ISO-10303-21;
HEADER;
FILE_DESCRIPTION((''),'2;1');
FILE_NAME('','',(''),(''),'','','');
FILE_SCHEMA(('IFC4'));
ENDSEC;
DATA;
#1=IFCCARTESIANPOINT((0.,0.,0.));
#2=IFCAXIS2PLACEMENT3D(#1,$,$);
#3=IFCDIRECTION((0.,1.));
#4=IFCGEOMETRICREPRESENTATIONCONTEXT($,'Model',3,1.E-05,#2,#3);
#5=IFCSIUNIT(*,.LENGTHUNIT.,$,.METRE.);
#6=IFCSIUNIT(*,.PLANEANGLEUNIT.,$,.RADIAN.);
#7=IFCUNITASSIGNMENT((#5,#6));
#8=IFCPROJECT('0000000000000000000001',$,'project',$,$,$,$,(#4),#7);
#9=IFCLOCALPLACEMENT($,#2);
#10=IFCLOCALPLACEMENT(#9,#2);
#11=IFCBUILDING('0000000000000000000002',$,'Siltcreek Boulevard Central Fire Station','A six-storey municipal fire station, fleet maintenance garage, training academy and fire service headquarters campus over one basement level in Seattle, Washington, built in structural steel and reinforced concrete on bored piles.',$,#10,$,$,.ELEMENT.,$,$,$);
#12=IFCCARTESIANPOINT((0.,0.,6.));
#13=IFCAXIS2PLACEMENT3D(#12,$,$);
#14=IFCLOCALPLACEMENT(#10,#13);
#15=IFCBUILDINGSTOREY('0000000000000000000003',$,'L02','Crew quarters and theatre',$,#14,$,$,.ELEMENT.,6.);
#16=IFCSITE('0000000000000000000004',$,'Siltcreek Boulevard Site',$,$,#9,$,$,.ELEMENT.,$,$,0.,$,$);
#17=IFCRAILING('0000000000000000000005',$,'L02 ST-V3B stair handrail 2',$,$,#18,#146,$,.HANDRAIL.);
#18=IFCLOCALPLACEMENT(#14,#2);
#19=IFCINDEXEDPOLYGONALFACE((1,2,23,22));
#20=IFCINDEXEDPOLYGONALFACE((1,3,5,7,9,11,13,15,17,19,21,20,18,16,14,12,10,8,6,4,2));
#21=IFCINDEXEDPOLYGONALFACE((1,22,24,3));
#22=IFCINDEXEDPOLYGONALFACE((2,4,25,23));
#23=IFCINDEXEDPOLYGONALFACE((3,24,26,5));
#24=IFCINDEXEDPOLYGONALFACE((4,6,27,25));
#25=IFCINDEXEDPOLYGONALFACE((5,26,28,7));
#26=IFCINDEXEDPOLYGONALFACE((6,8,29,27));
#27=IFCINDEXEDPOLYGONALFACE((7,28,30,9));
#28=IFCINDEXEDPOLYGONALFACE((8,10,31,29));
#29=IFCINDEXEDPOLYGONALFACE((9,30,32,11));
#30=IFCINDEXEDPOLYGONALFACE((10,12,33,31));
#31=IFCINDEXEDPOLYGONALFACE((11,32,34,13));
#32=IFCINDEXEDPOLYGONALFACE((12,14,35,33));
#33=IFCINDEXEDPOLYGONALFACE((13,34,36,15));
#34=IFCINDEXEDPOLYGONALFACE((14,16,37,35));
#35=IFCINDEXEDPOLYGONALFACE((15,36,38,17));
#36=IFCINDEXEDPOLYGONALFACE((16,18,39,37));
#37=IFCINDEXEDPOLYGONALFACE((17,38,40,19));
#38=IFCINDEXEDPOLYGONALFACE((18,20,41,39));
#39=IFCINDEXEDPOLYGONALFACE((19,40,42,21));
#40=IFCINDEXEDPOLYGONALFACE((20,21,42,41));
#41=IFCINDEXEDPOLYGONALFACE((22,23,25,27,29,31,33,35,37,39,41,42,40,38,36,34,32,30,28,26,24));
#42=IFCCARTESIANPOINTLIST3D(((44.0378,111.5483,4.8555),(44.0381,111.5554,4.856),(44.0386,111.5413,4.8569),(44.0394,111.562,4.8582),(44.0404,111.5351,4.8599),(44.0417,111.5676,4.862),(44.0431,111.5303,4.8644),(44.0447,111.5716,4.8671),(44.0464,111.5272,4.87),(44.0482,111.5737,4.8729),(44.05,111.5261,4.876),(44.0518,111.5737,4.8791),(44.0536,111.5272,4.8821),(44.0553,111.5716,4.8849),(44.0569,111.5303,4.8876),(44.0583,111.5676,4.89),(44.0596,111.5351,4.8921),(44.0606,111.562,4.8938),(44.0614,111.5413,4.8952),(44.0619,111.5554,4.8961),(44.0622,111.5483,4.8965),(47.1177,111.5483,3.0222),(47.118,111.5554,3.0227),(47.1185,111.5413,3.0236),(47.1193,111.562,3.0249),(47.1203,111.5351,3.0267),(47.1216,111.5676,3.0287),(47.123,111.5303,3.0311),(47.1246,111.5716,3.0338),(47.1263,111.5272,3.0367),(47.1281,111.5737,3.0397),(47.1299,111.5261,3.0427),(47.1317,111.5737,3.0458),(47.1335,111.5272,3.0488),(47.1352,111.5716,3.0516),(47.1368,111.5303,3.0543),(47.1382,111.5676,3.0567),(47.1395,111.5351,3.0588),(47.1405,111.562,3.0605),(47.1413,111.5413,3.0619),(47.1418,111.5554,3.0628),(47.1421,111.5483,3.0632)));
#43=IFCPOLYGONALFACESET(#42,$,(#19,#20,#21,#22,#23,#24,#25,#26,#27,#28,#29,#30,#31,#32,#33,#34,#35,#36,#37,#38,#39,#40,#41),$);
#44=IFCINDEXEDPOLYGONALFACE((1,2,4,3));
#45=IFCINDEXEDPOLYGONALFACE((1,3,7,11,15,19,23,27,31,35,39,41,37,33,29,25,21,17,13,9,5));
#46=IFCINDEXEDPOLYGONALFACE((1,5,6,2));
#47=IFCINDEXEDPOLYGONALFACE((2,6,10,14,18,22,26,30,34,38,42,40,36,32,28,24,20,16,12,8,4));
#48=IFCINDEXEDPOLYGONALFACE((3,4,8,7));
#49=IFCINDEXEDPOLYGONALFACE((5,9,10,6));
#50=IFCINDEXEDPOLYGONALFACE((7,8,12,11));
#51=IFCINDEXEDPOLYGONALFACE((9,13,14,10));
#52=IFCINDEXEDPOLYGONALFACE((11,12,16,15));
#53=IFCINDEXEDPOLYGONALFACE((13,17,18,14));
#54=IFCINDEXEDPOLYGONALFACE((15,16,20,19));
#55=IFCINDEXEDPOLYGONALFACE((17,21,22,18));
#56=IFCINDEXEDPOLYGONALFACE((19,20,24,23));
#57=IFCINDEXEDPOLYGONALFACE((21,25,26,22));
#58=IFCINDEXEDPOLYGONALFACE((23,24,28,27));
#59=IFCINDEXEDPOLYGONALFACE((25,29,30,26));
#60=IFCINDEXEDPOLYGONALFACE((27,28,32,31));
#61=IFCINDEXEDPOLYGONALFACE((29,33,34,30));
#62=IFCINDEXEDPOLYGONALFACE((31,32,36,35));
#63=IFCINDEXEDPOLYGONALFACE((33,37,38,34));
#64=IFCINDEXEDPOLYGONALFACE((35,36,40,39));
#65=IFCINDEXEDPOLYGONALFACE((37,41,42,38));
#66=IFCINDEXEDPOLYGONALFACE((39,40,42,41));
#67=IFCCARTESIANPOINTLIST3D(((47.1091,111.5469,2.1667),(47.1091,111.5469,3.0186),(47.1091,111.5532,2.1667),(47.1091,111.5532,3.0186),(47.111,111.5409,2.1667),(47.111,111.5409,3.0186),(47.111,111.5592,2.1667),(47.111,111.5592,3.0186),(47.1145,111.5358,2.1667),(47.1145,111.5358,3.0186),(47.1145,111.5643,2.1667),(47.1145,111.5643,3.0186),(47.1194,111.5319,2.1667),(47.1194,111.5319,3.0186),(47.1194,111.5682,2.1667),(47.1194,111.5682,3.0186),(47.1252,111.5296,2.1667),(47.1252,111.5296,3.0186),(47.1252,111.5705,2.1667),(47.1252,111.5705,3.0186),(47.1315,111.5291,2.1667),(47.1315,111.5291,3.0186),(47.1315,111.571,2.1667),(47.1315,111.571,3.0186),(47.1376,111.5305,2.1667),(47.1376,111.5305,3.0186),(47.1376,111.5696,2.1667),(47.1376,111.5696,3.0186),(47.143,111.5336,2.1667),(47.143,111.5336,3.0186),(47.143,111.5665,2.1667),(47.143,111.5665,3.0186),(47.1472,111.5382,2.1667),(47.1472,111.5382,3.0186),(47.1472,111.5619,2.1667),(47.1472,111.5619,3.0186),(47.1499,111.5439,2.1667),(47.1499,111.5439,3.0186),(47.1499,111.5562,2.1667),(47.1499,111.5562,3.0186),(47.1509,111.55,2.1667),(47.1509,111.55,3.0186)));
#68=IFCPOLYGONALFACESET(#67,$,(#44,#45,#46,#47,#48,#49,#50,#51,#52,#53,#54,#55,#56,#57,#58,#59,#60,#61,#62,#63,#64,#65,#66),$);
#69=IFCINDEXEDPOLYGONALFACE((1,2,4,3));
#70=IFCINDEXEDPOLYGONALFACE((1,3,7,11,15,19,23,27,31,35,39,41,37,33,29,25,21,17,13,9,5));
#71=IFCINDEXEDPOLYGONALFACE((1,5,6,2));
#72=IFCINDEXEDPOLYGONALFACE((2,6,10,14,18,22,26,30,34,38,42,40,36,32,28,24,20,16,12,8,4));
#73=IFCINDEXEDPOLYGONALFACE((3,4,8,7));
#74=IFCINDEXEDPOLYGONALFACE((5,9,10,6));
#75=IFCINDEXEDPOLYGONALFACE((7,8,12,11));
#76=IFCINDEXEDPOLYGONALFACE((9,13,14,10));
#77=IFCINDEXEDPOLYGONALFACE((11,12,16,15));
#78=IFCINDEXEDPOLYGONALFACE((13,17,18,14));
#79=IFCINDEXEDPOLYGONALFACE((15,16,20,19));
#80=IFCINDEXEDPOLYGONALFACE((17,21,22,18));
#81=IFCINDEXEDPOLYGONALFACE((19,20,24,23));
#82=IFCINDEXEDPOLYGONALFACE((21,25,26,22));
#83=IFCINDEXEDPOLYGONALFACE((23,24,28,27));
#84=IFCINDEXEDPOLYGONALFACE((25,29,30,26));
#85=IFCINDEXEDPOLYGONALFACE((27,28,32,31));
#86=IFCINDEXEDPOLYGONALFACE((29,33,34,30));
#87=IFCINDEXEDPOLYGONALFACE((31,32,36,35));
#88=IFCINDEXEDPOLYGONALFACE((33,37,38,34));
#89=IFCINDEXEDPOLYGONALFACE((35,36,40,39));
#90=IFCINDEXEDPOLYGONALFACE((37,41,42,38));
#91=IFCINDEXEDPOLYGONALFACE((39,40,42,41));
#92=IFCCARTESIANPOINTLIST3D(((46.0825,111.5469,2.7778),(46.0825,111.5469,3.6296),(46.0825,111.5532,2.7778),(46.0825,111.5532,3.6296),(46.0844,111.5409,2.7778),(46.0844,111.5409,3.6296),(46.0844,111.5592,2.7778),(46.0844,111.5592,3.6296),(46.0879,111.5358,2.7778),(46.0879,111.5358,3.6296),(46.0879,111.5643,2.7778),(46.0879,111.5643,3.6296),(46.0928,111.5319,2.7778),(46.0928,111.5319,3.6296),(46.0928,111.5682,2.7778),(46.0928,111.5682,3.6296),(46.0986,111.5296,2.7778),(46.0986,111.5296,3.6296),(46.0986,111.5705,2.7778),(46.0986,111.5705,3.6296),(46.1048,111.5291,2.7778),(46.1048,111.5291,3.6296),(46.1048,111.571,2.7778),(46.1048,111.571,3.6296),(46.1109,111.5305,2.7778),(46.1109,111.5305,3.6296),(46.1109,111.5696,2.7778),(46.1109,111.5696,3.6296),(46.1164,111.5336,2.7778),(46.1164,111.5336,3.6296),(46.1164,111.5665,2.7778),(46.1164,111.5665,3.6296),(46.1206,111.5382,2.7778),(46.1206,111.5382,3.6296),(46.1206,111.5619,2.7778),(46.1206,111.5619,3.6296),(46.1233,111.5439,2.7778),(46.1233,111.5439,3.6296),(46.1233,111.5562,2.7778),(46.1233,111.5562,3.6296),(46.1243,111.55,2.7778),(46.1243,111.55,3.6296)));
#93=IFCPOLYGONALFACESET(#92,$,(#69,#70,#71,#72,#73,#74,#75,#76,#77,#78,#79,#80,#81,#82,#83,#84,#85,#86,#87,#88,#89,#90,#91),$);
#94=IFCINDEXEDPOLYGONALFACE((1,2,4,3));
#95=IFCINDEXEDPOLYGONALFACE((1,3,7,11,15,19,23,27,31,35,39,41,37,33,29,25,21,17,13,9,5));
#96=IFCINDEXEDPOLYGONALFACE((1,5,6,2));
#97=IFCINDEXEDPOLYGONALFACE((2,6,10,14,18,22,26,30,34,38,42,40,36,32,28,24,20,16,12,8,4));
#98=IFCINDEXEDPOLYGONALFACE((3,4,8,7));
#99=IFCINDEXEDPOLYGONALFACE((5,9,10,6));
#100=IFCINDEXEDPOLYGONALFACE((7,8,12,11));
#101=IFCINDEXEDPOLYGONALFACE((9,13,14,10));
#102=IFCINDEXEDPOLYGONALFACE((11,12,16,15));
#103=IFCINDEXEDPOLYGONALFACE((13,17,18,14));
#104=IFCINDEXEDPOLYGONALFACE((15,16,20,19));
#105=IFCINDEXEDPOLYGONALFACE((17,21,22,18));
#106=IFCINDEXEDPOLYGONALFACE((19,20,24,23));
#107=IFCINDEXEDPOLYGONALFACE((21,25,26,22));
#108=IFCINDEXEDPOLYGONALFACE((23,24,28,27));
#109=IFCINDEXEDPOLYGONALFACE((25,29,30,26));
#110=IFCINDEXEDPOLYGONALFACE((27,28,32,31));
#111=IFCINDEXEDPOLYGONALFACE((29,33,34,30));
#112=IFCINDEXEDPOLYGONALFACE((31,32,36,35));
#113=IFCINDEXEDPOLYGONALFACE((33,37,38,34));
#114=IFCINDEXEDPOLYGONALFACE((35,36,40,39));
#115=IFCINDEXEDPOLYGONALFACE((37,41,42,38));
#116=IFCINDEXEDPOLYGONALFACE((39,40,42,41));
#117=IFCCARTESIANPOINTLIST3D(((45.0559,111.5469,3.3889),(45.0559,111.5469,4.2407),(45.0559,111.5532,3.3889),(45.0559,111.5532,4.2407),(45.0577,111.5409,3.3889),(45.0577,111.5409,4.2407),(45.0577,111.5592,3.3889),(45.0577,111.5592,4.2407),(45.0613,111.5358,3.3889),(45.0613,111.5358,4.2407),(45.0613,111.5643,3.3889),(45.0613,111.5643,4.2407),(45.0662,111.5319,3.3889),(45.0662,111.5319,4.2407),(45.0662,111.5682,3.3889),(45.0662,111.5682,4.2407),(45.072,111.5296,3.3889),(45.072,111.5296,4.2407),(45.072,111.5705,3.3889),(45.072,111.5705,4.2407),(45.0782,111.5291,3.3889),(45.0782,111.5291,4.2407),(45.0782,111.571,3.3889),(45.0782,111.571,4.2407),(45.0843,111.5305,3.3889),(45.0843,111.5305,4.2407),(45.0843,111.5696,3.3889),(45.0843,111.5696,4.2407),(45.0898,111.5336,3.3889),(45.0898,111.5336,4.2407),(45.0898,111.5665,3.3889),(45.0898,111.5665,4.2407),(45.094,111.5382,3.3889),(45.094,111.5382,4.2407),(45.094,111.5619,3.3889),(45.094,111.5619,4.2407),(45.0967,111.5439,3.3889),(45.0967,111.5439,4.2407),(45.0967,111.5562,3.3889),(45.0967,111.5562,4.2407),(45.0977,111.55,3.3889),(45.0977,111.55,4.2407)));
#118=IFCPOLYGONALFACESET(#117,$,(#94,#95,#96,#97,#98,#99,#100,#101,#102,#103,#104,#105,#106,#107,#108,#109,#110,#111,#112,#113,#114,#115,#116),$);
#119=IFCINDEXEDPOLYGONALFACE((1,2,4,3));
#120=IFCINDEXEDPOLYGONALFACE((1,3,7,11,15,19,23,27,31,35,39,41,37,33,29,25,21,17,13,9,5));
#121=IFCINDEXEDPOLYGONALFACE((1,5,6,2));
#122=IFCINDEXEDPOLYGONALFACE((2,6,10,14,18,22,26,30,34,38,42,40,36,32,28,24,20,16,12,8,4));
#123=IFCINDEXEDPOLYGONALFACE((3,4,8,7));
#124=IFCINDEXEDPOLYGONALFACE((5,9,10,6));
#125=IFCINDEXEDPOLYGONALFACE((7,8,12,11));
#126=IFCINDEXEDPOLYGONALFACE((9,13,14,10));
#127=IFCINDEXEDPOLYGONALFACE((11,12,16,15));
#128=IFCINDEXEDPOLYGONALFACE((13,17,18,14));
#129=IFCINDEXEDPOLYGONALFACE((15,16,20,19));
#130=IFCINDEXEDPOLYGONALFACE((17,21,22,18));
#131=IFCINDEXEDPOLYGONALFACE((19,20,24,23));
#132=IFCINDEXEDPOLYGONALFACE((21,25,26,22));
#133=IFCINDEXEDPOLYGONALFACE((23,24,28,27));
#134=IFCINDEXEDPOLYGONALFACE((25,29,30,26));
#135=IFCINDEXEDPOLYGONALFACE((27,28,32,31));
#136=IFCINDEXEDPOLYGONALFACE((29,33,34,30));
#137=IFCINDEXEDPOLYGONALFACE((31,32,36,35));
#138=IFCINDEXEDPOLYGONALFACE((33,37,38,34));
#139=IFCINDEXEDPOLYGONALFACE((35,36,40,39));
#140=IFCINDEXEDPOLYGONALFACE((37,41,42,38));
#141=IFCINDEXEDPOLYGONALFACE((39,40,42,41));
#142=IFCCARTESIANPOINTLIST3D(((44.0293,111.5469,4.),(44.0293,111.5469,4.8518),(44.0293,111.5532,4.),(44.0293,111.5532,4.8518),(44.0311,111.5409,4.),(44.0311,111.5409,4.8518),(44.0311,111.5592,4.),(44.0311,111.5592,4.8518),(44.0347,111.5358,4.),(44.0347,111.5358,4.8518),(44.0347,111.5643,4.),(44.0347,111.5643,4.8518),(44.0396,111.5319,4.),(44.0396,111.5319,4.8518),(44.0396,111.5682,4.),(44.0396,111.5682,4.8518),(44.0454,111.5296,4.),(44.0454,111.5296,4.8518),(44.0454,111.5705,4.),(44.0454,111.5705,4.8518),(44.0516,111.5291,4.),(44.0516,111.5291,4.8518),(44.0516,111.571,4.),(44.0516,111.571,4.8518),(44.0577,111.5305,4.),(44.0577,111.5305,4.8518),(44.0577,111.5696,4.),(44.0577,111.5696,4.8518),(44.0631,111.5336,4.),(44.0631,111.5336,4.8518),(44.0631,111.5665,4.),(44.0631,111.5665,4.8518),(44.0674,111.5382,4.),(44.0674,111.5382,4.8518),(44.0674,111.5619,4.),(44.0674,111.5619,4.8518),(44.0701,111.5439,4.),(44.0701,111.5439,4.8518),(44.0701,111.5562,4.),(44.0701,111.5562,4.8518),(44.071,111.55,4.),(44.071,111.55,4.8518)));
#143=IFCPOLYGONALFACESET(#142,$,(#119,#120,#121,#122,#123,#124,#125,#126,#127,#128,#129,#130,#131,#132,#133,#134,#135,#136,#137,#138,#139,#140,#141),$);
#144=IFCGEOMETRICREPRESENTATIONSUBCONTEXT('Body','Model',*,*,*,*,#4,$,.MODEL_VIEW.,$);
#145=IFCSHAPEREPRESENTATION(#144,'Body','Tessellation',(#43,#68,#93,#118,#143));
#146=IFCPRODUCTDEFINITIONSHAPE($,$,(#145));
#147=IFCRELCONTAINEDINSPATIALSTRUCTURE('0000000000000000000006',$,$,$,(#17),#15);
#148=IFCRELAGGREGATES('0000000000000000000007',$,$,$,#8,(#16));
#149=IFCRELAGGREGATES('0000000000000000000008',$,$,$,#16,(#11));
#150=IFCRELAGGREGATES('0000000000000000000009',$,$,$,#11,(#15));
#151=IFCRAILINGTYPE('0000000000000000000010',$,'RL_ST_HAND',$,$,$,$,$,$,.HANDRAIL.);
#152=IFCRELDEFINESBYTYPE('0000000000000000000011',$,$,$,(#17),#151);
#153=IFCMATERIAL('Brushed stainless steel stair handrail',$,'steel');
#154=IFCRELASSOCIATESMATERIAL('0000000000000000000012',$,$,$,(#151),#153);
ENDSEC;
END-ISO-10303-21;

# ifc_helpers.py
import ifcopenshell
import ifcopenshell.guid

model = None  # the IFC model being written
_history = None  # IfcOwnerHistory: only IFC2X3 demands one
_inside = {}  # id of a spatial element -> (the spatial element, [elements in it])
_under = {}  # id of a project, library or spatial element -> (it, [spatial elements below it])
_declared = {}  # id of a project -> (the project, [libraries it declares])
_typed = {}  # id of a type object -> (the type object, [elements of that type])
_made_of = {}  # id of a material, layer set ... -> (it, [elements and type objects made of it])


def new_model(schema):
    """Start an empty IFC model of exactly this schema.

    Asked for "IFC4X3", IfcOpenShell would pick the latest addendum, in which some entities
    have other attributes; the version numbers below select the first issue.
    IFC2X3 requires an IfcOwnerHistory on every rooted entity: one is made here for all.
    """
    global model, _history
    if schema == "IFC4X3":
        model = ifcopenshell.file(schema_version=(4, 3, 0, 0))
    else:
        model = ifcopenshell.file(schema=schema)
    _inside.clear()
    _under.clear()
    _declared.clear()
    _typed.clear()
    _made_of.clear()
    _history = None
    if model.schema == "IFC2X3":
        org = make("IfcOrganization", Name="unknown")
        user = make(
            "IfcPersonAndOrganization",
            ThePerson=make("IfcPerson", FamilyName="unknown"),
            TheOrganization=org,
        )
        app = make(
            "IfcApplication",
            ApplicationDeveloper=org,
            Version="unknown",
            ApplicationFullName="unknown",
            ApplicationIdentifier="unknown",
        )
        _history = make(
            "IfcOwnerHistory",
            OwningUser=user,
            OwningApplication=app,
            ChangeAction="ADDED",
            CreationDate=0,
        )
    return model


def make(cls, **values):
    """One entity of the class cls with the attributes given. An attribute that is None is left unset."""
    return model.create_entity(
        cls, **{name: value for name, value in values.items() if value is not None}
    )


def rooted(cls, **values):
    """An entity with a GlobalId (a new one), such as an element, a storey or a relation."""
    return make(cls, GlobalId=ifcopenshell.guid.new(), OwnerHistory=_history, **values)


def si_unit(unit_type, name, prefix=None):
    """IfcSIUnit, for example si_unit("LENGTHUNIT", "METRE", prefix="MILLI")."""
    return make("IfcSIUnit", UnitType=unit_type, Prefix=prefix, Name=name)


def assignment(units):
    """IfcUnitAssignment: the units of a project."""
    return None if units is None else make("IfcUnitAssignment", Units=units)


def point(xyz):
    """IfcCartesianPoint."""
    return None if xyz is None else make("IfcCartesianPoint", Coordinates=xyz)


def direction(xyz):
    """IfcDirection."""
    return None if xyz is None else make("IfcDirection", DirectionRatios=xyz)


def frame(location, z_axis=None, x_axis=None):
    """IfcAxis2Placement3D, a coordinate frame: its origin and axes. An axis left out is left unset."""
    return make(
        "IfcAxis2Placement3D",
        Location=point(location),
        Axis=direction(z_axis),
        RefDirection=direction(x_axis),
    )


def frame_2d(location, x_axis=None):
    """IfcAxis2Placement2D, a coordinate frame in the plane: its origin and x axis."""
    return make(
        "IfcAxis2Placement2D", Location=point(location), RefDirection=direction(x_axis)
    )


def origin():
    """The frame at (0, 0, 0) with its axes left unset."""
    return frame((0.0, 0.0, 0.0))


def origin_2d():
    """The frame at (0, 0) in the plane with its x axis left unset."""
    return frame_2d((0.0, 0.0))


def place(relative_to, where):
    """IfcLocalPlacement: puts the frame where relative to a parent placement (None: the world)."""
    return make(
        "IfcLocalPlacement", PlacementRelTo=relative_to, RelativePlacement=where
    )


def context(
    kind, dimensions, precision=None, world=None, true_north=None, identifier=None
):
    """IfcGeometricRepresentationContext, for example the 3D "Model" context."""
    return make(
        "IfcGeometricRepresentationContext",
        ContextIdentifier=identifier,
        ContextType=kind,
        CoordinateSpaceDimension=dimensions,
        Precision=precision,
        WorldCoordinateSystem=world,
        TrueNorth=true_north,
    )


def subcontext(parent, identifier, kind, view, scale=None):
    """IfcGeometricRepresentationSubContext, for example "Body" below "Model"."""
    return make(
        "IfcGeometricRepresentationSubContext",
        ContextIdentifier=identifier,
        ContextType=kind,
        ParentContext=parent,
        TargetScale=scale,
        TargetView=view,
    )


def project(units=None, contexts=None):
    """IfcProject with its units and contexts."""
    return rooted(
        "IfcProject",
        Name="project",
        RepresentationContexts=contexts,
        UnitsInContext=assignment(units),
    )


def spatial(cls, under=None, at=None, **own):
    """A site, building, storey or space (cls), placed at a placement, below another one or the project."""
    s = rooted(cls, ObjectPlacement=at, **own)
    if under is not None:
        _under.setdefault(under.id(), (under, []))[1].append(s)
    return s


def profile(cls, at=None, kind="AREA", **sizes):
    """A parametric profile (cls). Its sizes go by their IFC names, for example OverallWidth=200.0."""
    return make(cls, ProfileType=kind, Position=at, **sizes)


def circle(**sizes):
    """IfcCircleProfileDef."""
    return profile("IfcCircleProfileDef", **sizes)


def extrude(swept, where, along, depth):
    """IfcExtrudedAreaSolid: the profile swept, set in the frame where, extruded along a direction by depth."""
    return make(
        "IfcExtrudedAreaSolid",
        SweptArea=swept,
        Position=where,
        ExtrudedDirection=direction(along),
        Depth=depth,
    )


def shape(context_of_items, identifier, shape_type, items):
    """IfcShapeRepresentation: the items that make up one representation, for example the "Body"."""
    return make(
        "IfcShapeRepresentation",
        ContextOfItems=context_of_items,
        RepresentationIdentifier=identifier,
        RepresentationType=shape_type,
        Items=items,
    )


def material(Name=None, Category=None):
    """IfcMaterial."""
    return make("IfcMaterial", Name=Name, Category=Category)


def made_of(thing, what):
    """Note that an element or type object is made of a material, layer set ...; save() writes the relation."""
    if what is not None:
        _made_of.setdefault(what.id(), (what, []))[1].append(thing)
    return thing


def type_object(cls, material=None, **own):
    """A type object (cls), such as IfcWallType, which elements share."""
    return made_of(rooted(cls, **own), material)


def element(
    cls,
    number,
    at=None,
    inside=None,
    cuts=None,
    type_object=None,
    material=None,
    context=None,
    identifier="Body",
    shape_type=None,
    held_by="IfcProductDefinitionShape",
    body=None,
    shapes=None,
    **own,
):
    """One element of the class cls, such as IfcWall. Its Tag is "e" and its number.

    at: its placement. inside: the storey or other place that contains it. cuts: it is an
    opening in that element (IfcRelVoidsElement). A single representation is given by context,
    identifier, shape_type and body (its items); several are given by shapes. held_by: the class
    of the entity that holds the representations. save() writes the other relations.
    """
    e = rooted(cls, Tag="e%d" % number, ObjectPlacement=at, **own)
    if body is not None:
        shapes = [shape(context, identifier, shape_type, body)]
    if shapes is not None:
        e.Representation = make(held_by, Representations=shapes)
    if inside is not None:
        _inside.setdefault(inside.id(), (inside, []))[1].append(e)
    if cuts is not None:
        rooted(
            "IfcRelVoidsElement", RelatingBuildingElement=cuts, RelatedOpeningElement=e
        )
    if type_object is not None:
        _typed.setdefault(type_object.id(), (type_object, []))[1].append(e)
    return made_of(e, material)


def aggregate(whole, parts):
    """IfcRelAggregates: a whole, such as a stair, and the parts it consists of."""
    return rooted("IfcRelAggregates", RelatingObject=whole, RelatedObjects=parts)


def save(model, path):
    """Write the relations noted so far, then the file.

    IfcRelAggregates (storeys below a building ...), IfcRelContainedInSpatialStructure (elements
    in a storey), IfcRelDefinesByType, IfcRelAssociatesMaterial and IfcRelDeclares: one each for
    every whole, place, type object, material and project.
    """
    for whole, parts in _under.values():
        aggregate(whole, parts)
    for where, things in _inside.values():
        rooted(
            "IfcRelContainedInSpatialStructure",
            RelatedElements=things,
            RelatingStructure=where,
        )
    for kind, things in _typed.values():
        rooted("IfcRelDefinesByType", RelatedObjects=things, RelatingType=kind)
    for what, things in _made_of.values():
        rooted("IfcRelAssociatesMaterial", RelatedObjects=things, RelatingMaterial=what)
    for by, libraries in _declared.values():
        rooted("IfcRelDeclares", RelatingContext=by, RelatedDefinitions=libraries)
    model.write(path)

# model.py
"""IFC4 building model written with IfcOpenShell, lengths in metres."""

from ifc_helpers import new_model, si_unit, direction, frame, origin, origin_2d, place, context, subcontext, project, spatial, circle, extrude, material, type_object, element, save


model = new_model("IFC4")

# Units and contexts
model_context = context("Model", 3, precision=1e-05, world=origin(), true_north=direction((0.0, 1.0)))
body_context = subcontext(model_context, "Body", "Model", "MODEL_VIEW")
ifc_project = project(units=[si_unit("LENGTHUNIT", "METRE"), si_unit("PLANEANGLEUNIT", "RADIAN")], contexts=[model_context])

# Site, building, storey
site_placement = place(None, origin())
site = spatial("IfcSite", under=ifc_project, at=site_placement, Name="Siltcreek Boulevard Site", CompositionType="ELEMENT", RefElevation=0.0)
building_placement = place(site_placement, origin())
building = spatial("IfcBuilding", under=site, at=building_placement, Name="Siltcreek Boulevard Central Fire Station", Description="A six-storey municipal fire station, fleet maintenance garage, training academy and fire service headquarters campus over one basement level in Seattle, Washington, built in structural steel and reinforced concrete on bored piles.", CompositionType="ELEMENT")
storey_placement = place(building_placement, frame((0.0, 0.0, 6.0)))
storey = spatial("IfcBuildingStorey", under=building, at=storey_placement, Name="L02", Description="Crew quarters and theatre", CompositionType="ELEMENT", Elevation=6.0)

# Railing
ifc_material_1 = material(Name="Brushed stainless steel stair handrail", Category="steel")
railing_type_1 = type_object("IfcRailingType", Name="RL_ST_HAND", PredefinedType="HANDRAIL", material=ifc_material_1)
railing_1_placement = place(storey_placement, frame((47.1299, 111.55, 2.1667)))
element("IfcRailing", 1, at=railing_1_placement, inside=storey, type_object=railing_type_1, Name="L02 ST-V3B stair handrail 2", PredefinedType="HANDRAIL", context=body_context, shape_type="SweptSolid", body=[
    extrude(circle(Radius=0.0239, at=origin_2d()), frame((0.0, 0.0, 0.876), z_axis=(-0.859291, 0.0, 0.511487), x_axis=(0.0, -1.0, 0.0)), (0.0, 0.0, 1.0), 3.5842),
    extrude(circle(Radius=0.021, at=origin_2d()), origin(), (0.0, 0.0, 1.0), 0.8518),
    extrude(circle(Radius=0.021, at=origin_2d()), frame((-1.0266, 0.0, 0.6111)), (0.0, 0.0, 1.0), 0.8518),
    extrude(circle(Radius=0.021, at=origin_2d()), frame((-2.0532, 0.0, 1.2222)), (0.0, 0.0, 1.0), 0.8518),
    extrude(circle(Radius=0.021, at=origin_2d()), frame((-3.0798, 0.0, 1.8333)), (0.0, 0.0, 1.0), 0.8518),
])

save(model, "model.ifc")
